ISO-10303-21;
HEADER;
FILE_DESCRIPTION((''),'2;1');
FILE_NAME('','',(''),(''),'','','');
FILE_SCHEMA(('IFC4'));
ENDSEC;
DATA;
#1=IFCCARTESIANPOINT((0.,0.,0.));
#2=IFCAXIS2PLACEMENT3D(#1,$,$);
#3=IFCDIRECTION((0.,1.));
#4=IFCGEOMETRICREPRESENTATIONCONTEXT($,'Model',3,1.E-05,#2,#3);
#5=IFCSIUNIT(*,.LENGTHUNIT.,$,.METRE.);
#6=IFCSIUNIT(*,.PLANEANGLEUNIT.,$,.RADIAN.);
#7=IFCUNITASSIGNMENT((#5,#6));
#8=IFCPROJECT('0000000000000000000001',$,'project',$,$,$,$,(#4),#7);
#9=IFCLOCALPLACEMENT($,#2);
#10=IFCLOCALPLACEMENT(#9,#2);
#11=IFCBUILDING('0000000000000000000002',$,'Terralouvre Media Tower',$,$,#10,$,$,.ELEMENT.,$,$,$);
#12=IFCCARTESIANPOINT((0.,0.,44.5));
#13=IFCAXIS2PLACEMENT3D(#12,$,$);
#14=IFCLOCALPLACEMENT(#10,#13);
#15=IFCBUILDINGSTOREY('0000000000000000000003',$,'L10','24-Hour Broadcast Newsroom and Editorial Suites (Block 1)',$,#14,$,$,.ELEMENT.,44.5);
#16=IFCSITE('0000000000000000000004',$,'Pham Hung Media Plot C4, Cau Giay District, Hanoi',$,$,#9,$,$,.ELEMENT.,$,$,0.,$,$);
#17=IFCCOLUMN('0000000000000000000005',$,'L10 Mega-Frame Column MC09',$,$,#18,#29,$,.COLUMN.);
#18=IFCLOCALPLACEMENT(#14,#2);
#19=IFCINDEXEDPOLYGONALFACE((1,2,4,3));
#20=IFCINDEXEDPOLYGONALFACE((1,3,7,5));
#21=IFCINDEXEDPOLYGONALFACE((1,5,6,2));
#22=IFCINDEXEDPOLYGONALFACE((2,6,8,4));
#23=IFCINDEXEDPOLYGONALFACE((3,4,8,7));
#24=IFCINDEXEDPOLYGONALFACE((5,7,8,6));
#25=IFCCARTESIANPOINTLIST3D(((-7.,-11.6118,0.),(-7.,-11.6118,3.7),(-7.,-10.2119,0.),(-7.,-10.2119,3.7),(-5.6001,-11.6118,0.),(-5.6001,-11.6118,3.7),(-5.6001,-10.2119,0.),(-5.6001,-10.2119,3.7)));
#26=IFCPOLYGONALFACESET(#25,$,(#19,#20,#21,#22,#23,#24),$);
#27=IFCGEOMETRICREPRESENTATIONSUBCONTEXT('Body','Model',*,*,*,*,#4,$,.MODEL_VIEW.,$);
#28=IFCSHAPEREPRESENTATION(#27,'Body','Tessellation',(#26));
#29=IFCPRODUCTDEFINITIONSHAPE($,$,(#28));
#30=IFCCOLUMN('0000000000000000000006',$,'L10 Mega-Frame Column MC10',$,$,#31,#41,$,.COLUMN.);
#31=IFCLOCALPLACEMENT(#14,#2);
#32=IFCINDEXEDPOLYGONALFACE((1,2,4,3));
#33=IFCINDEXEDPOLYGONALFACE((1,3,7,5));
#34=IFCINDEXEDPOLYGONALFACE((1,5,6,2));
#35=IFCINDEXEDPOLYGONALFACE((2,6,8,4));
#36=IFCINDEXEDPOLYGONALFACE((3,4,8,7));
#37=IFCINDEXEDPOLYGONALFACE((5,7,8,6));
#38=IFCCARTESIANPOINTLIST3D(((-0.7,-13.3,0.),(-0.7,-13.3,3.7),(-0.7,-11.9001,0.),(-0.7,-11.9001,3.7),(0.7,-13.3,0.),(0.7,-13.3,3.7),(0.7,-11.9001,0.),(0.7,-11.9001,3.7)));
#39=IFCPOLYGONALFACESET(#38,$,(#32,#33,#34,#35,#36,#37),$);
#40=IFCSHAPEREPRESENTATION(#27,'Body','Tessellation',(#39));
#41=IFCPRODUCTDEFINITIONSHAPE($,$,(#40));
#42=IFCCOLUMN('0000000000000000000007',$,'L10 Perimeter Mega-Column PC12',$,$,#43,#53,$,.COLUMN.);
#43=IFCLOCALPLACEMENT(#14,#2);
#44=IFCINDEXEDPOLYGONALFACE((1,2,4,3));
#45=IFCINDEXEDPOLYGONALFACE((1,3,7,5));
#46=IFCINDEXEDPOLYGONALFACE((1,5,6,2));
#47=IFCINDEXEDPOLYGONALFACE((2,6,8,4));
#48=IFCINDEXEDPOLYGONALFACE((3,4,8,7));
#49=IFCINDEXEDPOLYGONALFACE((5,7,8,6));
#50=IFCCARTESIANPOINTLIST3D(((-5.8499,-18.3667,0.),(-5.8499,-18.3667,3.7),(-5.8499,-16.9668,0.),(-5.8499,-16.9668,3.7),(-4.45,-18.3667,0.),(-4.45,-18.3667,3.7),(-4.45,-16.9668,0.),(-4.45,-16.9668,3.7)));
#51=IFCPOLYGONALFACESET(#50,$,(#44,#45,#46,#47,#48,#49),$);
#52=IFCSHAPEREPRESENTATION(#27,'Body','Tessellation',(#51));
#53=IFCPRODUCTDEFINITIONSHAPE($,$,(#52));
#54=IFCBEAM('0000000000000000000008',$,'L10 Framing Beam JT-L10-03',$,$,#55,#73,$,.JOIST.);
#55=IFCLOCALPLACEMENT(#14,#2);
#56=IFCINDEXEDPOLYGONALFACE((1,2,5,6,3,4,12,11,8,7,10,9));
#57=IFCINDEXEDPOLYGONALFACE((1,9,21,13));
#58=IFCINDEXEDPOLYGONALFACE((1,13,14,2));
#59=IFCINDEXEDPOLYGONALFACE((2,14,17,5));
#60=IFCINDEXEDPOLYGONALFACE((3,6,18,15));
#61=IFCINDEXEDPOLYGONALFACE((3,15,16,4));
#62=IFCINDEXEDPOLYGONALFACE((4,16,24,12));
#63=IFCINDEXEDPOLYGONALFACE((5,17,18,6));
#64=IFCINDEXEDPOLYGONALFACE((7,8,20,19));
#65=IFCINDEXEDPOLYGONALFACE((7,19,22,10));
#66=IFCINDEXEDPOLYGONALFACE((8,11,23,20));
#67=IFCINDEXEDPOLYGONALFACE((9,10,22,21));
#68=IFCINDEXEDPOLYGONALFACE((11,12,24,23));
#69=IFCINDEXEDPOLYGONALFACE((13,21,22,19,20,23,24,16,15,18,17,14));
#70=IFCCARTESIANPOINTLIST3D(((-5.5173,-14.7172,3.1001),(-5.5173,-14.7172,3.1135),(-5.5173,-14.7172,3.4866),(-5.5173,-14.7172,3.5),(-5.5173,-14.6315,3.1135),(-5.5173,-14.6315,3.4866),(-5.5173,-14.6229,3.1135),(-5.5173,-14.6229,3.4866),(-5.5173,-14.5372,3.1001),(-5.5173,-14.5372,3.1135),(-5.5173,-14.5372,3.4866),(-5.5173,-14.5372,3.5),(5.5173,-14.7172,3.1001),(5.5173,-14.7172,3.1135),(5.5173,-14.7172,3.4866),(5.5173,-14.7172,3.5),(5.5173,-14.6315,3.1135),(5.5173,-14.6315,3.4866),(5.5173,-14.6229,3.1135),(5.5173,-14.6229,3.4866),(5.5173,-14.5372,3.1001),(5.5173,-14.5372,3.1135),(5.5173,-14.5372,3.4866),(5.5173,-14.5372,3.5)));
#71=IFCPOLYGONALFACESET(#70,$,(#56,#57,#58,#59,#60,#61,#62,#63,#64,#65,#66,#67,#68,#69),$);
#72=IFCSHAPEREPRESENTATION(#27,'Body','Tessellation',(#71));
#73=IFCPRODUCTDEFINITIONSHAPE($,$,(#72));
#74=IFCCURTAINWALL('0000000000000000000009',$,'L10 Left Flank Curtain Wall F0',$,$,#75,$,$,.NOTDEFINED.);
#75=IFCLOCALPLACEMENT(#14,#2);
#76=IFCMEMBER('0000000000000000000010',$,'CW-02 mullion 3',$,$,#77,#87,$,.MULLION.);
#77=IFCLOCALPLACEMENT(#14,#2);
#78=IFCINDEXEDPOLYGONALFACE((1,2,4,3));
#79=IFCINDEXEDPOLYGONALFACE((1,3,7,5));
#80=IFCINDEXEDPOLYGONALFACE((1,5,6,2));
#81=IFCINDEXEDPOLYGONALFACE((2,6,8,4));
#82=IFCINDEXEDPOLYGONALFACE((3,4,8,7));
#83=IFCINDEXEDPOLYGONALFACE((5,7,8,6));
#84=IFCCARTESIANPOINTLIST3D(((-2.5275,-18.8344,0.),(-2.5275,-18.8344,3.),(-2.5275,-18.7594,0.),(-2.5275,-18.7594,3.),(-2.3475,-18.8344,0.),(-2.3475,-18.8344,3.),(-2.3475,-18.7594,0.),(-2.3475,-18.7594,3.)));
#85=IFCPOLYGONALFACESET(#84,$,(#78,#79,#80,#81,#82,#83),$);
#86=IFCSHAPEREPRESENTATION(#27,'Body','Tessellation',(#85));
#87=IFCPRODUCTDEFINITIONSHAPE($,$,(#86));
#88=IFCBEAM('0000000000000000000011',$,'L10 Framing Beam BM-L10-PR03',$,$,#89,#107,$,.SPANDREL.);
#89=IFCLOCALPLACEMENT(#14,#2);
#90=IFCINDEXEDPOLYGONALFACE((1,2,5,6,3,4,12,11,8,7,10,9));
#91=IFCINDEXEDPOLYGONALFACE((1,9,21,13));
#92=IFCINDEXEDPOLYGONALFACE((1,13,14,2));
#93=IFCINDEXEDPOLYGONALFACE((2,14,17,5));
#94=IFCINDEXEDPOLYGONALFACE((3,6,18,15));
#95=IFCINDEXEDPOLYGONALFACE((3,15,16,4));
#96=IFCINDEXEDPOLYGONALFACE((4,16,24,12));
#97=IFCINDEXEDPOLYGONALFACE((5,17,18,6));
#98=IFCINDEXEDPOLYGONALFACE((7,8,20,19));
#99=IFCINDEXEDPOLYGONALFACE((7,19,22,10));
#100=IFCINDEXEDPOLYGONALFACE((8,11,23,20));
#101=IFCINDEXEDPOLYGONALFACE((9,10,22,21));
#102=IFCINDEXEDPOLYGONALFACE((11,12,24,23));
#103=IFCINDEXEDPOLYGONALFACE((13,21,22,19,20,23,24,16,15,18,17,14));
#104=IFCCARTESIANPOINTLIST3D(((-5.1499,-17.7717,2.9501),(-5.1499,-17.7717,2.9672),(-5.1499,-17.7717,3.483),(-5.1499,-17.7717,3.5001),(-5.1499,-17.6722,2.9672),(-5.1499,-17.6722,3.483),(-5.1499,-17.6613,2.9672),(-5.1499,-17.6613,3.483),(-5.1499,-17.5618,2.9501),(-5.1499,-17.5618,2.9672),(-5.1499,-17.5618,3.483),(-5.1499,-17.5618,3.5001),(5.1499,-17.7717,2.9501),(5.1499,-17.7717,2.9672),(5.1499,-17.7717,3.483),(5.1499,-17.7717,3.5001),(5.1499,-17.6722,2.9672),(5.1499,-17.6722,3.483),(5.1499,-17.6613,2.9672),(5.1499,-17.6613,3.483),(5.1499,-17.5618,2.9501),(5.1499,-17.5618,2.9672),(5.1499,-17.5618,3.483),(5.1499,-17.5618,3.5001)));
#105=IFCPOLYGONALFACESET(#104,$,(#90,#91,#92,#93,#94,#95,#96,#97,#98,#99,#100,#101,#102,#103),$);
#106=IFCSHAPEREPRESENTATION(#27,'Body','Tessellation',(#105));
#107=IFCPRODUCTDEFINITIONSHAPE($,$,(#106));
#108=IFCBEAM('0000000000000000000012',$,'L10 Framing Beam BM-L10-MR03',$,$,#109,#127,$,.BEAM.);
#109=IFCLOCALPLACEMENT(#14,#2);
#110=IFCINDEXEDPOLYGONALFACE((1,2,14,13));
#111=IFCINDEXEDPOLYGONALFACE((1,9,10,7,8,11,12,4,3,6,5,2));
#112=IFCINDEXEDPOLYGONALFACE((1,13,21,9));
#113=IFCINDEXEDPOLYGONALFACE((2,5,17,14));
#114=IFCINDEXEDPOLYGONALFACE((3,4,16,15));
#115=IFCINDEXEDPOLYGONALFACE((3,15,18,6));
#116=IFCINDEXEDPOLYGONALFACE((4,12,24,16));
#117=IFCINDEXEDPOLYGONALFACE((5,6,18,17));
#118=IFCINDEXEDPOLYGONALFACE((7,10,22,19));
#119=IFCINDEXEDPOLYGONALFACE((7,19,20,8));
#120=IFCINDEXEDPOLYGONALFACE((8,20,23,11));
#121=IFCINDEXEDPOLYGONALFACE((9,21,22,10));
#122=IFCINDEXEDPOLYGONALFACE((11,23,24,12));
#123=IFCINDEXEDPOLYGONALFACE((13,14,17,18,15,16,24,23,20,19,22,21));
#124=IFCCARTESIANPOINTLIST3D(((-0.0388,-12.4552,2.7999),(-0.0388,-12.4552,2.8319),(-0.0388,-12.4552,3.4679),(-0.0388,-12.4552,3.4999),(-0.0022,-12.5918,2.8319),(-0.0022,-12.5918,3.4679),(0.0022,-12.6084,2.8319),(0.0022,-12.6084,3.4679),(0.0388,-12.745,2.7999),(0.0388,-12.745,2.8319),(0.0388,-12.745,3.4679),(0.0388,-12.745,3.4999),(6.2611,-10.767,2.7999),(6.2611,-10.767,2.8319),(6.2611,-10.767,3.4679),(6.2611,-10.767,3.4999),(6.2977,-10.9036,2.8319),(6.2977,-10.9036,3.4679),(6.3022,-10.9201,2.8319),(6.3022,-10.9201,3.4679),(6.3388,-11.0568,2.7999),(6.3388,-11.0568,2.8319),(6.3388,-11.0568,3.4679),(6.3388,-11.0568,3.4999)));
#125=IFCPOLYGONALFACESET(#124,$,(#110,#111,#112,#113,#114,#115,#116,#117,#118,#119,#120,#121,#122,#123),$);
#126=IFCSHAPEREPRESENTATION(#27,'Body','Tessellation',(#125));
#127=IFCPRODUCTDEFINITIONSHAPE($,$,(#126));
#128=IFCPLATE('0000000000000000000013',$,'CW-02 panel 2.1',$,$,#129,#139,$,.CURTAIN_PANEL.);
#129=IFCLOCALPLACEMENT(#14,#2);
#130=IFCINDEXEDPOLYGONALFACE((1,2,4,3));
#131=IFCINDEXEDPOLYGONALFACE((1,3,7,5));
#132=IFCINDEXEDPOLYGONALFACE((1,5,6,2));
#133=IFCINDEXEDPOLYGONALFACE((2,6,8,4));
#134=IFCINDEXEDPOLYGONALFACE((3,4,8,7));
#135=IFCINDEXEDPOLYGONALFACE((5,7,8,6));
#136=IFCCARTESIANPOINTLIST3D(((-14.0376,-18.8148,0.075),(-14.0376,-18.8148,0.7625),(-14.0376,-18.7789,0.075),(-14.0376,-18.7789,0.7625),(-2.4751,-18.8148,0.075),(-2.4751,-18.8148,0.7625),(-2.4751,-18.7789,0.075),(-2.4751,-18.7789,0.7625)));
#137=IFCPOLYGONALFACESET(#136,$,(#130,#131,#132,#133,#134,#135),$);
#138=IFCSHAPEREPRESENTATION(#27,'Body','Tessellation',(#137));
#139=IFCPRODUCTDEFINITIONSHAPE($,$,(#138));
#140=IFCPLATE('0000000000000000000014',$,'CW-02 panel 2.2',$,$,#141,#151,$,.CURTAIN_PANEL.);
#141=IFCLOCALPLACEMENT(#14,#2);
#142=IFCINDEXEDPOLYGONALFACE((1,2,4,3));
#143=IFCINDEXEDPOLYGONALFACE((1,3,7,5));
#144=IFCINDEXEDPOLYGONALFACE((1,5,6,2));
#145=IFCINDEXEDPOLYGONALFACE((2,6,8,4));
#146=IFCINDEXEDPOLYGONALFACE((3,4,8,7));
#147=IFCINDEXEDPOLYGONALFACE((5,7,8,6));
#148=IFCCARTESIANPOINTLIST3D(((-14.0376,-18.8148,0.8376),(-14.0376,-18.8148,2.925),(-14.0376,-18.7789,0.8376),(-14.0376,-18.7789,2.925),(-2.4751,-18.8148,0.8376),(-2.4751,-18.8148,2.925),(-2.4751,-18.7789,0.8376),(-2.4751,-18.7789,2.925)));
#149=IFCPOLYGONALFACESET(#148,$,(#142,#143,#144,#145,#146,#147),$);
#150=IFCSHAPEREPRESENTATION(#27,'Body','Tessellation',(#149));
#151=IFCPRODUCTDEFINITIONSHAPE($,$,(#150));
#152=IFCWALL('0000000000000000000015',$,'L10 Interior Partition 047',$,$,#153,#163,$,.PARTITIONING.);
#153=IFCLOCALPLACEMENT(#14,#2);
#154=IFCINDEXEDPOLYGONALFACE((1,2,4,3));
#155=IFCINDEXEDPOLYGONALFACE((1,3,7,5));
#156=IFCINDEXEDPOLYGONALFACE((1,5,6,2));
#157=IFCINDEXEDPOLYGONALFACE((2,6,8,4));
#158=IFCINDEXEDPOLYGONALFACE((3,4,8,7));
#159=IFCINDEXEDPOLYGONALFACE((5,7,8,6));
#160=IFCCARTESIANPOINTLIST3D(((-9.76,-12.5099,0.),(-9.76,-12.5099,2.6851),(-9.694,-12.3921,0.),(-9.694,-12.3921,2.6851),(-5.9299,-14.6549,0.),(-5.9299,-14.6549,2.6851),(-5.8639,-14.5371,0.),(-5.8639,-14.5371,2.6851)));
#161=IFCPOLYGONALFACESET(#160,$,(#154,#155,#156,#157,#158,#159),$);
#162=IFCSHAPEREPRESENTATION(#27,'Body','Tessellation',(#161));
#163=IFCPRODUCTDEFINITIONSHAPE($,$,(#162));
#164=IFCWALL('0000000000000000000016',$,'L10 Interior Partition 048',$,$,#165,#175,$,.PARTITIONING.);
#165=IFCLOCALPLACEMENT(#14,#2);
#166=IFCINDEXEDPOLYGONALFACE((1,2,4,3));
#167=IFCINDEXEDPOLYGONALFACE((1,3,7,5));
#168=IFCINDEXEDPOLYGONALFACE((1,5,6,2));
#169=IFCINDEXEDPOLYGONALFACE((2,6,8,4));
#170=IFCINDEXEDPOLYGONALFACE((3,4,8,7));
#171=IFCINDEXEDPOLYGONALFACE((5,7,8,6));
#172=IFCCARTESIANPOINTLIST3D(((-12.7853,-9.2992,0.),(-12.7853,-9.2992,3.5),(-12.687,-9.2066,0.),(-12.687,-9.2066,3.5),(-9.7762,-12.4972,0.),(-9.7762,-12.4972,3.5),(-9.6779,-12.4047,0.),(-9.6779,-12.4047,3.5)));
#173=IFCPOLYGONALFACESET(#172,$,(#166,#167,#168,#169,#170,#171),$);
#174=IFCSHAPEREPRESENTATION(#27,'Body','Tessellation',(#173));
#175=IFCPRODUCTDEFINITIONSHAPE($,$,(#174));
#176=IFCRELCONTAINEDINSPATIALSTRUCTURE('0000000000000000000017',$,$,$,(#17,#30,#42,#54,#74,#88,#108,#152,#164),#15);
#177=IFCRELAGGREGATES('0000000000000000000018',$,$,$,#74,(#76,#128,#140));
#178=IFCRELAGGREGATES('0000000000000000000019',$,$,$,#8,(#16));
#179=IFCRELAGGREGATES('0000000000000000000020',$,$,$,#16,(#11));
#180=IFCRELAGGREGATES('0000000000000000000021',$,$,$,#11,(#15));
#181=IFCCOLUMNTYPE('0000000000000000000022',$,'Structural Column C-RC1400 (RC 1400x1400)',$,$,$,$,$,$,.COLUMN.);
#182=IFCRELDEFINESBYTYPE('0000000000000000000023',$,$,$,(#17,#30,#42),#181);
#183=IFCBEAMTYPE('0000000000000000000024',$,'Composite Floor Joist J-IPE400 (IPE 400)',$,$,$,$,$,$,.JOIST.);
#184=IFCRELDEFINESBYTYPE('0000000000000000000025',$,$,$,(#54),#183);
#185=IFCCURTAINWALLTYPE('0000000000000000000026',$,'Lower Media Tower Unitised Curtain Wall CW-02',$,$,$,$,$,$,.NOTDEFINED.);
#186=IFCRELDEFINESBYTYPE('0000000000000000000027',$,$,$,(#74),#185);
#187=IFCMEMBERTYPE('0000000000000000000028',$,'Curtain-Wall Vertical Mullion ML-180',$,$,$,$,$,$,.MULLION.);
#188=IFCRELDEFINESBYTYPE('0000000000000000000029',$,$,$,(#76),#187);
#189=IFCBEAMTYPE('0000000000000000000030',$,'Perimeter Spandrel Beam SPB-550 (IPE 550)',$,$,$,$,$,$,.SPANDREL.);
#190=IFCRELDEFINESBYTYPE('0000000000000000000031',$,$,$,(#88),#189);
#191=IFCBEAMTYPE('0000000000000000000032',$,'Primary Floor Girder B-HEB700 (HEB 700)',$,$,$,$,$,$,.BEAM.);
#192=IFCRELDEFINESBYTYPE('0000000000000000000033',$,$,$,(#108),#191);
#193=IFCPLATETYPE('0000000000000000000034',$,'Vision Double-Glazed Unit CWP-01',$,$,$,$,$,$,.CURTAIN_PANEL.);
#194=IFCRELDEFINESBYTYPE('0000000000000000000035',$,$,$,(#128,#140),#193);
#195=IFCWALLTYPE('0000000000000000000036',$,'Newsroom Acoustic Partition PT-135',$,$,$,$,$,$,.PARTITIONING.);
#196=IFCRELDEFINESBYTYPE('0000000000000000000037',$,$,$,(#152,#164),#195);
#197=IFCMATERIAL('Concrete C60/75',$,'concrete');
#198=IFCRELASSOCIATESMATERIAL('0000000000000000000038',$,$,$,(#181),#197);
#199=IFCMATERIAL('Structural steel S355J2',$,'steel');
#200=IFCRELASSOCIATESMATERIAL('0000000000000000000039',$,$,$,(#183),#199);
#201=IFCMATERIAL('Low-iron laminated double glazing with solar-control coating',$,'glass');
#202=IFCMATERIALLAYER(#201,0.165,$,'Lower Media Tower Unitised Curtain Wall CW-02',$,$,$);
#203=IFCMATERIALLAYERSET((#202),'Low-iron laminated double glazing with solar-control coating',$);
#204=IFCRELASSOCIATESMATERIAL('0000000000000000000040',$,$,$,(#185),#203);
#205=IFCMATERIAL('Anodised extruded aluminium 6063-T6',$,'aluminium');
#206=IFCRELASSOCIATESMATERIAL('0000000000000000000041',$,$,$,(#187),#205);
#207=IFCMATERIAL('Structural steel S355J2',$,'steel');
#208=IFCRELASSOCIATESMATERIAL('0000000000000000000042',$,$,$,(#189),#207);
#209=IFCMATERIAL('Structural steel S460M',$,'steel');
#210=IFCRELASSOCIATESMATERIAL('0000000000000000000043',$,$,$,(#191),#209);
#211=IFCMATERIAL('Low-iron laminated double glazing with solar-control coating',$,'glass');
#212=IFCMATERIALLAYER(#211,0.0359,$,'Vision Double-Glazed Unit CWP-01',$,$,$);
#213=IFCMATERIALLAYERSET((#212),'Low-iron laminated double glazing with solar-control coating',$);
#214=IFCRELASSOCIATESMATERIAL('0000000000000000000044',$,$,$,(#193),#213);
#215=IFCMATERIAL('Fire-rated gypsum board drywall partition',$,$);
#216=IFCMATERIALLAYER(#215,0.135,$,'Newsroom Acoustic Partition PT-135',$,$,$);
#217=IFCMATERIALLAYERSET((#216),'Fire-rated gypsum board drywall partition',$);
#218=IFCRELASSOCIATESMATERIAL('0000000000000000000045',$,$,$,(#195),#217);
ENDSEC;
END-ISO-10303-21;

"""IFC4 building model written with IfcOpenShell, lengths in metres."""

from ifc_helpers import new_model, si_unit, direction, frame, frame_2d, origin, origin_2d, place, context, subcontext, project, spatial, rectangle, i_section, extrude, material, layer, layer_set, material_profile, profile_set, type_object, element, aggregate, save


model = new_model("IFC4")

# Units and contexts
model_context = context("Model", 3, precision=1e-05, world=origin(), true_north=direction((0.0, 1.0)))
body_context = subcontext(model_context, "Body", "Model", "MODEL_VIEW")
ifc_project = project(units=[si_unit("LENGTHUNIT", "METRE"), si_unit("PLANEANGLEUNIT", "RADIAN")], contexts=[model_context])

# Site, building, storey
site_placement = place(None, origin())
site = spatial("IfcSite", under=ifc_project, at=site_placement, Name="Pham Hung Media Plot C4, Cau Giay District, Hanoi", CompositionType="ELEMENT", RefElevation=0.0)
building_placement = place(site_placement, origin())
building = spatial("IfcBuilding", under=site, at=building_placement, Name="Terralouvre Media Tower", CompositionType="ELEMENT")
storey_placement = place(building_placement, frame((0.0, 0.0, 44.5)))
storey = spatial("IfcBuildingStorey", under=building, at=storey_placement, Name="L10", Description="24-Hour Broadcast Newsroom and Editorial Suites (Block 1)", CompositionType="ELEMENT", Elevation=44.5)

# Columns
ifc_material_1 = material(Name="Concrete C60/75", Category="concrete")
ifc_material_profile_1 = material_profile(ifc_material_1, rectangle(XDim=1.3999, YDim=1.3999, at=origin_2d()), Name="RC 1400x1400")
ifc_profile_set_1 = profile_set([ifc_material_profile_1], Name="Concrete C60/75")
column_type = type_object("IfcColumnType", Name="Structural Column C-RC1400 (RC 1400x1400)", PredefinedType="COLUMN", material=ifc_profile_set_1)
for number, where, z_axis, x_axis, name in (
    (1, (-6.3, -10.9119, 0.0), (0.0, 0.0, 1.0), (1.0, 0.0, 0.0), "L10 Mega-Frame Column MC09"),
    (2, (0.0, -12.6001, 0.0), (0.0, 0.0, 1.0), (1.0, 0.0, 0.0), "L10 Mega-Frame Column MC10"),
    (3, (-5.1499, -17.6667, 0.0), (0.0, 0.0, 1.0), (1.0, 0.0, 0.0), "L10 Perimeter Mega-Column PC12"),
):
    element("IfcColumn", number, at=place(storey_placement, frame(where, z_axis=z_axis, x_axis=x_axis)), inside=storey, type_object=column_type, Name=name, PredefinedType="COLUMN", context=body_context, shape_type="SweptSolid", body=[
        extrude(rectangle(XDim=1.3999, YDim=1.3999, at=origin_2d()), origin(), (0.0, 0.0, 1.0), 3.7),
    ])

# Beam
ifc_material_2 = material(Name="Structural steel S355J2", Category="steel")
ifc_material_profile_2 = material_profile(ifc_material_2, i_section(OverallWidth=0.1799, OverallDepth=0.3999, WebThickness=0.0085, FlangeThickness=0.0134, at=origin_2d()), Name="IPE 400")
ifc_profile_set_2 = profile_set([ifc_material_profile_2], Name="Structural steel S355J2")
beam_type_1 = type_object("IfcBeamType", Name="Composite Floor Joist J-IPE400 (IPE 400)", PredefinedType="JOIST", material=ifc_profile_set_2)
beam_1_placement = place(storey_placement, frame((-5.5173, -14.6272, 3.3), z_axis=(1.0, 0.0, 0.0), x_axis=(0.0, 1.0, 0.0)))
element("IfcBeam", 4, at=beam_1_placement, inside=storey, type_object=beam_type_1, Name="L10 Framing Beam JT-L10-03", PredefinedType="JOIST", context=body_context, shape_type="SweptSolid", body=[
    extrude(i_section(OverallWidth=0.1799, OverallDepth=0.3999, WebThickness=0.0085, FlangeThickness=0.0134, at=origin_2d()), origin(), (0.0, 0.0, 1.0), 11.0347),
])

# Curtain wall, member
ifc_material_3 = material(Name="Low-iron laminated double glazing with solar-control coating", Category="glass")
ifc_layer_1 = layer(ifc_material_3, 0.165, Name="Lower Media Tower Unitised Curtain Wall CW-02")
ifc_layer_set_1 = layer_set([ifc_layer_1], Name="Low-iron laminated double glazing with solar-control coating")
curtain_wall_type = type_object("IfcCurtainWallType", Name="Lower Media Tower Unitised Curtain Wall CW-02", PredefinedType="NOTDEFINED", material=ifc_layer_set_1)
curtain_wall_placement = place(storey_placement, origin())
curtain_wall = element("IfcCurtainWall", 5, at=curtain_wall_placement, inside=storey, type_object=curtain_wall_type, Name="L10 Left Flank Curtain Wall F0", PredefinedType="NOTDEFINED")
ifc_material_4 = material(Name="Anodised extruded aluminium 6063-T6", Category="aluminium")
ifc_material_profile_3 = material_profile(ifc_material_4, rectangle(XDim=0.075, YDim=0.1799, at=origin_2d()), Name="ALU 75x180")
ifc_profile_set_3 = profile_set([ifc_material_profile_3], Name="Anodised extruded aluminium 6063-T6")
member_type = type_object("IfcMemberType", Name="Curtain-Wall Vertical Mullion ML-180", PredefinedType="MULLION", material=ifc_profile_set_3)
member_placement = place(storey_placement, frame((-2.4375, -18.7969, 0.0), z_axis=(0.0, 0.0, 1.0), x_axis=(0.0, 1.0, 0.0)))
member = element("IfcMember", 6, at=member_placement, type_object=member_type, Name="CW-02 mullion 3", PredefinedType="MULLION", context=body_context, shape_type="SweptSolid", body=[
    extrude(rectangle(XDim=0.075, YDim=0.1799, at=origin_2d()), origin(), (0.0, 0.0, 1.0), 3.0),
])

# Beams
ifc_material_5 = material(Name="Structural steel S355J2", Category="steel")
ifc_material_profile_4 = material_profile(ifc_material_5, i_section(OverallWidth=0.21, OverallDepth=0.55, WebThickness=0.011, FlangeThickness=0.0171, at=origin_2d()), Name="IPE 550")
ifc_profile_set_4 = profile_set([ifc_material_profile_4], Name="Structural steel S355J2")
beam_type_2 = type_object("IfcBeamType", Name="Perimeter Spandrel Beam SPB-550 (IPE 550)", PredefinedType="SPANDREL", material=ifc_profile_set_4)
beam_2_placement = place(storey_placement, frame((-5.1499, -17.6667, 3.2251), z_axis=(1.0, 0.0, 0.0), x_axis=(0.0, 1.0, 0.0)))
element("IfcBeam", 7, at=beam_2_placement, inside=storey, type_object=beam_type_2, Name="L10 Framing Beam BM-L10-PR03", PredefinedType="SPANDREL", context=body_context, shape_type="SweptSolid", body=[
    extrude(i_section(OverallWidth=0.21, OverallDepth=0.55, WebThickness=0.011, FlangeThickness=0.0171, at=origin_2d()), origin(), (0.0, 0.0, 1.0), 10.2998),
])
ifc_material_6 = material(Name="Structural steel S460M", Category="steel")
ifc_material_profile_5 = material_profile(ifc_material_6, i_section(OverallWidth=0.3, OverallDepth=0.7, WebThickness=0.0171, FlangeThickness=0.032, at=origin_2d()), Name="HEB 700")
ifc_profile_set_5 = profile_set([ifc_material_profile_5], Name="Structural steel S460M")
beam_type_3 = type_object("IfcBeamType", Name="Primary Floor Girder B-HEB700 (HEB 700)", PredefinedType="BEAM", material=ifc_profile_set_5)
beam_3_placement = place(storey_placement, frame((0.0, -12.6001, 3.1499), z_axis=(0.96592, 0.258839, 0.0), x_axis=(-0.258839, 0.96592, 0.0)))
element("IfcBeam", 8, at=beam_3_placement, inside=storey, type_object=beam_type_3, Name="L10 Framing Beam BM-L10-MR03", PredefinedType="BEAM", context=body_context, shape_type="SweptSolid", body=[
    extrude(i_section(OverallWidth=0.3, OverallDepth=0.7, WebThickness=0.0171, FlangeThickness=0.032, at=origin_2d()), origin(), (0.0, 0.0, 1.0), 6.5222),
])

# Plates
ifc_material_7 = material(Name="Low-iron laminated double glazing with solar-control coating", Category="glass")
ifc_layer_2 = layer(ifc_material_7, 0.0359, Name="Vision Double-Glazed Unit CWP-01")
ifc_layer_set_2 = layer_set([ifc_layer_2], Name="Low-iron laminated double glazing with solar-control coating")
plate_type = type_object("IfcPlateType", Name="Vision Double-Glazed Unit CWP-01", PredefinedType="CURTAIN_PANEL", material=ifc_layer_set_2)
plate_1_placement = place(storey_placement, frame((-8.2563, -18.7969, 0.075), z_axis=(0.0, 0.0, 1.0), x_axis=(1.0, 0.0, 0.0)))
plate_1 = element("IfcPlate", 9, at=plate_1_placement, type_object=plate_type, Name="CW-02 panel 2.1", PredefinedType="CURTAIN_PANEL", context=body_context, shape_type="SweptSolid", body=[
    extrude(rectangle(XDim=11.5625, YDim=0.0359, at=origin_2d()), origin(), (0.0, 0.0, 1.0), 0.6875),
])
plate_2_placement = place(storey_placement, frame((-8.2563, -18.7969, 0.8376), z_axis=(0.0, 0.0, 1.0), x_axis=(1.0, 0.0, 0.0)))
plate_2 = element("IfcPlate", 10, at=plate_2_placement, type_object=plate_type, Name="CW-02 panel 2.2", PredefinedType="CURTAIN_PANEL", context=body_context, shape_type="SweptSolid", body=[
    extrude(rectangle(XDim=11.5625, YDim=0.0359, at=origin_2d()), origin(), (0.0, 0.0, 1.0), 2.0874),
])
aggregate(curtain_wall, [member, plate_1, plate_2])

# Walls
ifc_material_8 = material(Name="Fire-rated gypsum board drywall partition")
ifc_layer_3 = layer(ifc_material_8, 0.135, Name="Newsroom Acoustic Partition PT-135")
ifc_layer_set_3 = layer_set([ifc_layer_3], Name="Fire-rated gypsum board drywall partition")
wall_type_1 = type_object("IfcWallType", Name="Newsroom Acoustic Partition PT-135", PredefinedType="PARTITIONING", material=ifc_layer_set_3)
wall_1_placement = place(storey_placement, frame((-5.897, -14.5959, 0.0), z_axis=(0.0, 0.0, 1.0), x_axis=(-0.872489, 0.488634, 0.0)))
element("IfcWall", 11, at=wall_1_placement, inside=storey, type_object=wall_type_1, Name="L10 Interior Partition 047", PredefinedType="PARTITIONING", context=body_context, shape_type="SweptSolid", body=[
    extrude(rectangle(XDim=4.3899, YDim=0.135, at=frame_2d((2.1948, 0.0))), origin(), (0.0, 0.0, 1.0), 2.6851),
])
wall_2_placement = place(storey_placement, frame((-9.7271, -12.4509, 0.0), z_axis=(0.0, 0.0, 1.0), x_axis=(-0.685262, 0.728296, 0.0)))
element("IfcWall", 12, at=wall_2_placement, inside=storey, type_object=wall_type_1, Name="L10 Interior Partition 048", PredefinedType="PARTITIONING", context=body_context, shape_type="SweptSolid", body=[
    extrude(rectangle(XDim=4.3911, YDim=0.135, at=frame_2d((2.1956, 0.0))), origin(), (0.0, 0.0, 1.0), 3.5),
])

save(model, "model.ifc")
